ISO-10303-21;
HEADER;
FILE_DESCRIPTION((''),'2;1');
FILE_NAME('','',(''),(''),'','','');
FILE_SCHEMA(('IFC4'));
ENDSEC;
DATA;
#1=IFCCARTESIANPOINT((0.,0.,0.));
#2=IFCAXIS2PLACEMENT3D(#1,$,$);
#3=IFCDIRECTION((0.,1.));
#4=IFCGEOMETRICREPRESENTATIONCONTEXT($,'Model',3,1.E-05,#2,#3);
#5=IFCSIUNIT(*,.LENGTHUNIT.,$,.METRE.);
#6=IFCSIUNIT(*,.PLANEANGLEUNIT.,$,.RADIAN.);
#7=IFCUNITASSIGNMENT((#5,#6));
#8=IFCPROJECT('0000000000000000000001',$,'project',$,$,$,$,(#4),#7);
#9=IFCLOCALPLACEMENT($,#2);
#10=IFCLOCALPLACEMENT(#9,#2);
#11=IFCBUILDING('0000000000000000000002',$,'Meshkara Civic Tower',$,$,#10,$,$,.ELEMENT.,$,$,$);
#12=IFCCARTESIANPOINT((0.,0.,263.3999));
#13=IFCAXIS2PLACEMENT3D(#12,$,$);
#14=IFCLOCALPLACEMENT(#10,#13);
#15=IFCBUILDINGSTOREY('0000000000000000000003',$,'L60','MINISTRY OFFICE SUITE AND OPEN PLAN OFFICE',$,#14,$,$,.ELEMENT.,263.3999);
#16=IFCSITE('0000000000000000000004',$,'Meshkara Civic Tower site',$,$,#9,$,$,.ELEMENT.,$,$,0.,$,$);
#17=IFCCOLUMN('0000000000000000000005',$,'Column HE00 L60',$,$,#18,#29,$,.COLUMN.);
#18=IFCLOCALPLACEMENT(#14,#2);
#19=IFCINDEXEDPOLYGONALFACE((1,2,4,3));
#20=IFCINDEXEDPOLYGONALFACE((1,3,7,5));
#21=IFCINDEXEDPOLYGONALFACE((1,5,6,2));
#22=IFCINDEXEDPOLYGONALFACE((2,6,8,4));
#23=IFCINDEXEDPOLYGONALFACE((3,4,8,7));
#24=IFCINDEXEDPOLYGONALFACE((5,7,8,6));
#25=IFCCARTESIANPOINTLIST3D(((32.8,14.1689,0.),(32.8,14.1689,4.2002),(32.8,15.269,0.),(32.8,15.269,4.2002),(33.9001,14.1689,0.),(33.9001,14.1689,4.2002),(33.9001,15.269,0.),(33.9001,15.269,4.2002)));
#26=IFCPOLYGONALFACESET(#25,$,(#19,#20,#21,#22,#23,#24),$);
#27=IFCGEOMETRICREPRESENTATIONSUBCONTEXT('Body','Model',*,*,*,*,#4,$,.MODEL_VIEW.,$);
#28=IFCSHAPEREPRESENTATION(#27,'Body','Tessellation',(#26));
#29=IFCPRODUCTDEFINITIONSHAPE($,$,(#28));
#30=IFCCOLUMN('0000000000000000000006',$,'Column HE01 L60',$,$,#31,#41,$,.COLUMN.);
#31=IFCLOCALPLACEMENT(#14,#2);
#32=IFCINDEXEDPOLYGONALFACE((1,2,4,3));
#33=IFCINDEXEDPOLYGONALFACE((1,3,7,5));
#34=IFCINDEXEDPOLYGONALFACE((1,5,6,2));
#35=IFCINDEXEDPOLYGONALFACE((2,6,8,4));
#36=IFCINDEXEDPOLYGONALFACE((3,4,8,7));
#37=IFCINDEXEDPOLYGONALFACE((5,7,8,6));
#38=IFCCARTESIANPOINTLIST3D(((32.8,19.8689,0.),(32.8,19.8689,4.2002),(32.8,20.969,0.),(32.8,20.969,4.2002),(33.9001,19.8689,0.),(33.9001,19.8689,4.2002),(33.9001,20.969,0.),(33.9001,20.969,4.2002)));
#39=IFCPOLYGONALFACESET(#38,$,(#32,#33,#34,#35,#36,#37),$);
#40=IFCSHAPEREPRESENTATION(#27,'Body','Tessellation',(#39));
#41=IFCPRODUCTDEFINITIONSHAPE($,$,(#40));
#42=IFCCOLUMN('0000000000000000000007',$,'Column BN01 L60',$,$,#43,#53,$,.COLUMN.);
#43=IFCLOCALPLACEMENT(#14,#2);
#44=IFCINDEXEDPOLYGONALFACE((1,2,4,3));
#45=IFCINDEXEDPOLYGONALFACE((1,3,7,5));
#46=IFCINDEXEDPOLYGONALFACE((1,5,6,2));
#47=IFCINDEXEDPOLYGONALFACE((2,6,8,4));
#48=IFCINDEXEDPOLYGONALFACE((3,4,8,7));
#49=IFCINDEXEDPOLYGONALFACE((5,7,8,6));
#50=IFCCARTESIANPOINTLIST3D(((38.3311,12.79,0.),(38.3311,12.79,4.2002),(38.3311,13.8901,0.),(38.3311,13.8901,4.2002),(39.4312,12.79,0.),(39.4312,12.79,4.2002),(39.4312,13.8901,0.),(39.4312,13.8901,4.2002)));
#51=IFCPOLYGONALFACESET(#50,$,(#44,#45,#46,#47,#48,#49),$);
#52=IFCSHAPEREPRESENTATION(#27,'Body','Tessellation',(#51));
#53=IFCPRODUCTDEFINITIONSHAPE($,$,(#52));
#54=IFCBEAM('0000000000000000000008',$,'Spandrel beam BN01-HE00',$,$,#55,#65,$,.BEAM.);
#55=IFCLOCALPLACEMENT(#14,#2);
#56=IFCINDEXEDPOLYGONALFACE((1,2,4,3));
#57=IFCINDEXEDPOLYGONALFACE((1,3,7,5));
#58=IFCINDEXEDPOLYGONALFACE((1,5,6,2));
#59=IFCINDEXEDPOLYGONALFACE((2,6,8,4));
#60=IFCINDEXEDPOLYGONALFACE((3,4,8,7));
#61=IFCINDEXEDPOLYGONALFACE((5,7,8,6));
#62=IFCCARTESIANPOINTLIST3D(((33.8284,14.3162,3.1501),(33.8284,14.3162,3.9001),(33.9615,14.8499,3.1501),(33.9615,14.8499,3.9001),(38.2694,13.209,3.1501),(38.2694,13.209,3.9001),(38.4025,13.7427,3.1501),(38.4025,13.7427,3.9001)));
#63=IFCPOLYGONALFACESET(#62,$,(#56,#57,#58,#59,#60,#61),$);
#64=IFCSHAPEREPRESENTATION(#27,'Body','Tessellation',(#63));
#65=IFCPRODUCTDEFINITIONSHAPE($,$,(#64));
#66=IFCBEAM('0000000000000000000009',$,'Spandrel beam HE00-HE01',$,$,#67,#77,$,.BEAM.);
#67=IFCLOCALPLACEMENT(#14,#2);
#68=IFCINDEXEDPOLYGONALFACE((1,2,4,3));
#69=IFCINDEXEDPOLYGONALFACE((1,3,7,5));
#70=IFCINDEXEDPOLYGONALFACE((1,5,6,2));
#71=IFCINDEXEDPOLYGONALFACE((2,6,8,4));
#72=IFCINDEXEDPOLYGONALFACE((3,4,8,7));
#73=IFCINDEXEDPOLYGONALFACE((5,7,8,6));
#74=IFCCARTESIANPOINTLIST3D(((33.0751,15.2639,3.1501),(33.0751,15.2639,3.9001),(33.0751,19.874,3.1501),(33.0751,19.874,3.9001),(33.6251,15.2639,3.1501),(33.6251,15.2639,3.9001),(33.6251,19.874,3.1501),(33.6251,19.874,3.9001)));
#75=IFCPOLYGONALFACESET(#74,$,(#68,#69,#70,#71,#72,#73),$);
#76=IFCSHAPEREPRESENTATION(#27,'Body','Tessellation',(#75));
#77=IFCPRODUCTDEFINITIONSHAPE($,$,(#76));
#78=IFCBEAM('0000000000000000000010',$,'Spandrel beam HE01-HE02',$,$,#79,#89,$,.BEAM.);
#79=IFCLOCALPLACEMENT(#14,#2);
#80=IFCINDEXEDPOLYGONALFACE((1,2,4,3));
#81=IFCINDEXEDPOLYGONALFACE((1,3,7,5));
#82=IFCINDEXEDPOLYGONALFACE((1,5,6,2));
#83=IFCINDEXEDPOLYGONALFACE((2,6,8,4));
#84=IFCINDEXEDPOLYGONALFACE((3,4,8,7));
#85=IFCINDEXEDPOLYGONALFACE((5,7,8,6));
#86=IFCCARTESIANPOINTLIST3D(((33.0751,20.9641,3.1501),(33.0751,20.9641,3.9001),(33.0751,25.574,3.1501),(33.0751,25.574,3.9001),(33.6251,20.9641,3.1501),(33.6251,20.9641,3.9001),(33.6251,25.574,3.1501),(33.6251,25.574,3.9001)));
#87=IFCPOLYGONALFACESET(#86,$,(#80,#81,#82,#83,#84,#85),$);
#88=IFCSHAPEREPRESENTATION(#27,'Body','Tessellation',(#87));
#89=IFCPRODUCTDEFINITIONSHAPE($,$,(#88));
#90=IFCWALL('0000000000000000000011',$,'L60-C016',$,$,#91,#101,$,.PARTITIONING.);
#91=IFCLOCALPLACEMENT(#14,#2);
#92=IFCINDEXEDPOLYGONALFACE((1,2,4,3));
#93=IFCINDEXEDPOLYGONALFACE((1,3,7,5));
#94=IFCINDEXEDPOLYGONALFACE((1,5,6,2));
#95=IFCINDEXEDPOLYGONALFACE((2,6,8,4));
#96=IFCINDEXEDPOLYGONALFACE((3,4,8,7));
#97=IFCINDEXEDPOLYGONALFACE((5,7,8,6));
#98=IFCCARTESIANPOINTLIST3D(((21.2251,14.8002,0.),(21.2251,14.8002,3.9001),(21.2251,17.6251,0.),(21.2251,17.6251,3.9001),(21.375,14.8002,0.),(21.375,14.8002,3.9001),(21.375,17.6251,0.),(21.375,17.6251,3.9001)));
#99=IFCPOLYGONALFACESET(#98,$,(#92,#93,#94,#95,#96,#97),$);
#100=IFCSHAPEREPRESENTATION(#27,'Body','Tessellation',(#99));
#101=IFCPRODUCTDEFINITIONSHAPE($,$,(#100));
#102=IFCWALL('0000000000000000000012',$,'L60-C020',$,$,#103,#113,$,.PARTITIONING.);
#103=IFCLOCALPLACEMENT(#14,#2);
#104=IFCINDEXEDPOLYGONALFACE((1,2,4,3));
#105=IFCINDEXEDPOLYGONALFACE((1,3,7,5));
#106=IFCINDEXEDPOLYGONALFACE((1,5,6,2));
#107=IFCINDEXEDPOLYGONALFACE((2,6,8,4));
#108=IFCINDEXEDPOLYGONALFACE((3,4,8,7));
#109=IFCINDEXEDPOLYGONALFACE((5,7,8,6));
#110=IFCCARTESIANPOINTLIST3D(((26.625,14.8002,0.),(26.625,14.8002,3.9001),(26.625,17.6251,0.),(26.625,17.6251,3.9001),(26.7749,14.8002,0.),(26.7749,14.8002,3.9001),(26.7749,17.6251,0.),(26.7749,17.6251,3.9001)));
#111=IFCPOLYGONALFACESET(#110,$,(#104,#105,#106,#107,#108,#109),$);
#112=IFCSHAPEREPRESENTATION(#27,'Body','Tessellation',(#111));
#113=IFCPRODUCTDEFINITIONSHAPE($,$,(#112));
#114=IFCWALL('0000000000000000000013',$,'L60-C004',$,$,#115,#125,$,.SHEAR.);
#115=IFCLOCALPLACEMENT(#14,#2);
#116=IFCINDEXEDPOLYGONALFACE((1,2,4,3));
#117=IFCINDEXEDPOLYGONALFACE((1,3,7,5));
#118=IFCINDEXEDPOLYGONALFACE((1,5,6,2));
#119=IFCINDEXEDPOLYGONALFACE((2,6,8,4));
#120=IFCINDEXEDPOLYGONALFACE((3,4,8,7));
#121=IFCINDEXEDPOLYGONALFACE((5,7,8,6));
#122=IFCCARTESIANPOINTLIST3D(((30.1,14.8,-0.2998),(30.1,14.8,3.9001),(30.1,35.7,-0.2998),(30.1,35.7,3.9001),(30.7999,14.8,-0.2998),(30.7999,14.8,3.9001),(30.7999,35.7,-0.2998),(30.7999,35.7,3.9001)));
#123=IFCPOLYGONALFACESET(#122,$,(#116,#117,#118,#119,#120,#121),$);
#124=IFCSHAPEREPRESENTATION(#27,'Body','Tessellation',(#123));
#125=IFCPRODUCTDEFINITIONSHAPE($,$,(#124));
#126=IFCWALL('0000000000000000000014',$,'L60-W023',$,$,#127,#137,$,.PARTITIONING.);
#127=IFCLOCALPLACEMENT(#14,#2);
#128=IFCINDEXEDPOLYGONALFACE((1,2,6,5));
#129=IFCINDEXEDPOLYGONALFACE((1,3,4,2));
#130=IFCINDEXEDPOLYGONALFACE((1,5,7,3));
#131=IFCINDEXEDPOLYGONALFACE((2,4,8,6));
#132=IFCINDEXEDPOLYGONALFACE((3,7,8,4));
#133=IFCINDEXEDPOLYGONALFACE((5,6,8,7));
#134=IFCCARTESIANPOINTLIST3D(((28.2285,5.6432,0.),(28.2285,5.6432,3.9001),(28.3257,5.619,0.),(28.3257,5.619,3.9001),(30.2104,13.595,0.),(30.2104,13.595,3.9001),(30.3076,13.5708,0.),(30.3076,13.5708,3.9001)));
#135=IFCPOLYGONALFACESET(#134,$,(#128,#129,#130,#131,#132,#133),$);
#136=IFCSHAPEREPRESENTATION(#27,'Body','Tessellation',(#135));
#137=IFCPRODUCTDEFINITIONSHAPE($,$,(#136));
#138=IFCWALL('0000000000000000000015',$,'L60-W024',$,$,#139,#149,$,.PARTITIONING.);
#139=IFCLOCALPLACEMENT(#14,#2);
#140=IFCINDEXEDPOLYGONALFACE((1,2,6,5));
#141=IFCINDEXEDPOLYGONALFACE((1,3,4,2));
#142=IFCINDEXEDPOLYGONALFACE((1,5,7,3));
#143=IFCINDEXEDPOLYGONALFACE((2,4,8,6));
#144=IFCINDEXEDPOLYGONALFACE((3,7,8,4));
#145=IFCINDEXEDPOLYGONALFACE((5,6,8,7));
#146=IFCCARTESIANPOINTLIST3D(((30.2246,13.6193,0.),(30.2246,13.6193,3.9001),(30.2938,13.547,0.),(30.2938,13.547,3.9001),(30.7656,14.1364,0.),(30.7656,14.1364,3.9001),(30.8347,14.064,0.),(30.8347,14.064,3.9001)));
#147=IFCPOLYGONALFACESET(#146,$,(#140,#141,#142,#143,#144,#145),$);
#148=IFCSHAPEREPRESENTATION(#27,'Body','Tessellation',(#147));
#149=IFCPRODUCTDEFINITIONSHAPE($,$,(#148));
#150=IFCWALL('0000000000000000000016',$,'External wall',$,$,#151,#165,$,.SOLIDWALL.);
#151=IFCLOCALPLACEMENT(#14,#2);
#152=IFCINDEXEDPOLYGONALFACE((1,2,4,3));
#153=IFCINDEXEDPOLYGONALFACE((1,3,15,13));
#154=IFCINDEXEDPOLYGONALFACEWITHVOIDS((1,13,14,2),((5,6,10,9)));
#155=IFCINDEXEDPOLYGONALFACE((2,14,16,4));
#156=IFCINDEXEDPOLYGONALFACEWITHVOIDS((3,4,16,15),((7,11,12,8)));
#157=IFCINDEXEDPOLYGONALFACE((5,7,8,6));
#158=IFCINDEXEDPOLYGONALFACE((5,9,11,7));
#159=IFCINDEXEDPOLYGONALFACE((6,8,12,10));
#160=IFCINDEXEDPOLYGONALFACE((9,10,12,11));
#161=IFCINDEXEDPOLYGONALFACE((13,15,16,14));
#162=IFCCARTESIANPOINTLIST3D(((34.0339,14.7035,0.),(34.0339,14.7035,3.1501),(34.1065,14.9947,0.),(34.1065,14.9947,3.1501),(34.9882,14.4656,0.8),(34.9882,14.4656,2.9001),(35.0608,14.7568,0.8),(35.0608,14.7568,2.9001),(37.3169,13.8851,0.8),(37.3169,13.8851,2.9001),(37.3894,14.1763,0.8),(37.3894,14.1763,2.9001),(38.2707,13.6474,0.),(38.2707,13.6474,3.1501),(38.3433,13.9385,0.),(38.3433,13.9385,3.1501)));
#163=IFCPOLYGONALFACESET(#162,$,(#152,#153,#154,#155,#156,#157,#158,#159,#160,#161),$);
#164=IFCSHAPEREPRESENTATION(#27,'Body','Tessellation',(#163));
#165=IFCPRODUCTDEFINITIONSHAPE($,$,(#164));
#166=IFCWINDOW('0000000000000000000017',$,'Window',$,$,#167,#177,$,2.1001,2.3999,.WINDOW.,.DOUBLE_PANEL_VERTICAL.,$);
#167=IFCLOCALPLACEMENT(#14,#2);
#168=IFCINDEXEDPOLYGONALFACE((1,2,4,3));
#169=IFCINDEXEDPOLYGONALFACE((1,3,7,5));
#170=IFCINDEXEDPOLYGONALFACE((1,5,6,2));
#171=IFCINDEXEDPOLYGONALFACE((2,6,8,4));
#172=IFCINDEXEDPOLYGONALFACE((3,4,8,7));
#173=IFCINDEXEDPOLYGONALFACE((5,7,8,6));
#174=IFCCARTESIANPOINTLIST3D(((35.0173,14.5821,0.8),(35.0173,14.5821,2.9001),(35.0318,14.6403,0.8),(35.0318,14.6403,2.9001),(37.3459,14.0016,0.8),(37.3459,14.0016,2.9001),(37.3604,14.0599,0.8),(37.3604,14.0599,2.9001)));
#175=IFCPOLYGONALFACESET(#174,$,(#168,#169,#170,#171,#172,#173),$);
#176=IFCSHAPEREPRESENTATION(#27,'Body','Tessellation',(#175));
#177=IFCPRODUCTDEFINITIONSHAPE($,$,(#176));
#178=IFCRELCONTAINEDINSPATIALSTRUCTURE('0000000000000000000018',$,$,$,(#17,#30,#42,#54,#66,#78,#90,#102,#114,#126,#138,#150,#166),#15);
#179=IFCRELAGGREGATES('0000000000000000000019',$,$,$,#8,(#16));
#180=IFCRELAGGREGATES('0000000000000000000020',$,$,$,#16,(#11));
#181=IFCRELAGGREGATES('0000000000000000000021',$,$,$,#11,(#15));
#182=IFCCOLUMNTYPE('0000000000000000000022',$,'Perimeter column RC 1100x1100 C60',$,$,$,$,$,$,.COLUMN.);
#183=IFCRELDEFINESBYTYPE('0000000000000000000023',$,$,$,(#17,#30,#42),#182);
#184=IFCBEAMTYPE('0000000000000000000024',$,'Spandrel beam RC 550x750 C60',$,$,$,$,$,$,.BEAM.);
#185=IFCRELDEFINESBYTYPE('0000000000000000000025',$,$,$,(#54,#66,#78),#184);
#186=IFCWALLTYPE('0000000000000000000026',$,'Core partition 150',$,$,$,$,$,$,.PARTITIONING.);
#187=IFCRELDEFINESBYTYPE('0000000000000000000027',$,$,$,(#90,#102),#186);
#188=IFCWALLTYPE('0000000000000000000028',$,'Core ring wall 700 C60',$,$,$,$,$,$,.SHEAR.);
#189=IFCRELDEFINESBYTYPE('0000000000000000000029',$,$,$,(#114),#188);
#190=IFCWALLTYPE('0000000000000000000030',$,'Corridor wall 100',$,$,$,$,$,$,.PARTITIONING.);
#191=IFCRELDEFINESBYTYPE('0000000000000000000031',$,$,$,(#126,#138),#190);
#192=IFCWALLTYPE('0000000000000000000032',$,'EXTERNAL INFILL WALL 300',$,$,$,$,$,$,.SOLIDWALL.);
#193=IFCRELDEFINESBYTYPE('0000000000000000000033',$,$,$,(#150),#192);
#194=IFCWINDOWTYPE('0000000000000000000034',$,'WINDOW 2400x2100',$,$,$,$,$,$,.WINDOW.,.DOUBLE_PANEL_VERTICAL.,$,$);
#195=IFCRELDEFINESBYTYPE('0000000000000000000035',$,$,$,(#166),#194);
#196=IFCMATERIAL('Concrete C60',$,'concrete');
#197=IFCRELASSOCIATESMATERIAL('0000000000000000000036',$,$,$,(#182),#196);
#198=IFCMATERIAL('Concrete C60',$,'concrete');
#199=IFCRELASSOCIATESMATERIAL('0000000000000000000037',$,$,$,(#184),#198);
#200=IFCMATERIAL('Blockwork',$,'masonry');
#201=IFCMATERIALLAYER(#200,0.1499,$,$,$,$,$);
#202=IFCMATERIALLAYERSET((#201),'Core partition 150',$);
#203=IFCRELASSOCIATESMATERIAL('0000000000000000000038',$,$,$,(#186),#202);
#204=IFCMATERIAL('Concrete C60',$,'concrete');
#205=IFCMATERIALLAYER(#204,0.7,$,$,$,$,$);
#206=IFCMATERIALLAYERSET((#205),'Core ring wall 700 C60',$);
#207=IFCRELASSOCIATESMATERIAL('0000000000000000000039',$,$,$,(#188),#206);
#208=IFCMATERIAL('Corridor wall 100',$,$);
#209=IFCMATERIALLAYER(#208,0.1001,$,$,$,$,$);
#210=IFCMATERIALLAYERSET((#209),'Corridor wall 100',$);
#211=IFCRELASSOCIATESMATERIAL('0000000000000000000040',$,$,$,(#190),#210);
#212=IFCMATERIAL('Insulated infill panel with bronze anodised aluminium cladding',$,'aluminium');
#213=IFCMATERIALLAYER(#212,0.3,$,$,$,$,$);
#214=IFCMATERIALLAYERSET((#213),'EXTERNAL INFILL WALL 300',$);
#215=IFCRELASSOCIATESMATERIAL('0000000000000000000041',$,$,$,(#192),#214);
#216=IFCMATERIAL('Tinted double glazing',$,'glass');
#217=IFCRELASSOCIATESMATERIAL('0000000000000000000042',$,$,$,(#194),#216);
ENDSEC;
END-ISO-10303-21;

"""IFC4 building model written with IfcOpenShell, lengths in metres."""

from ifc_helpers import new_model, si_unit, direction, frame, frame_2d, origin, origin_2d, place, context, subcontext, project, spatial, rectangle, extrude, material, layer, layer_set, material_profile, profile_set, type_object, element, fill, save


model = new_model("IFC4")

# Units and contexts
model_context = context("Model", 3, precision=1e-05, world=origin(), true_north=direction((0.0, 1.0)))
body_context = subcontext(model_context, "Body", "Model", "MODEL_VIEW")
ifc_project = project(units=[si_unit("LENGTHUNIT", "METRE"), si_unit("PLANEANGLEUNIT", "RADIAN")], contexts=[model_context])

# Site, building, storey
site_placement = place(None, origin())
site = spatial("IfcSite", under=ifc_project, at=site_placement, Name="Meshkara Civic Tower site", CompositionType="ELEMENT", RefElevation=0.0)
building_placement = place(site_placement, origin())
building = spatial("IfcBuilding", under=site, at=building_placement, Name="Meshkara Civic Tower", CompositionType="ELEMENT")
storey_placement = place(building_placement, frame((0.0, 0.0, 263.3999)))
storey = spatial("IfcBuildingStorey", under=building, at=storey_placement, Name="L60", Description="MINISTRY OFFICE SUITE AND OPEN PLAN OFFICE", CompositionType="ELEMENT", Elevation=263.3999)

# Columns
ifc_material_1 = material(Name="Concrete C60", Category="concrete")
ifc_material_profile_1 = material_profile(ifc_material_1, rectangle(XDim=1.1001, YDim=1.1001, at=origin_2d()))
ifc_profile_set_1 = profile_set([ifc_material_profile_1], Name="Concrete C60")
column_type = type_object("IfcColumnType", Name="Perimeter column RC 1100x1100 C60", PredefinedType="COLUMN", material=ifc_profile_set_1)
for number, where, z_axis, x_axis, name in (
    (1, (33.3501, 14.719, 0.0), (0.0, 0.0, 1.0), (1.0, 0.0, 0.0), "Column HE00 L60"),
    (2, (33.3501, 20.4189, 0.0), (0.0, 0.0, 1.0), (1.0, 0.0, 0.0), "Column HE01 L60"),
    (3, (38.8811, 13.3401, 0.0), (0.0, 0.0, 1.0), (1.0, 0.0, 0.0), "Column BN01 L60"),
):
    element("IfcColumn", number, at=place(storey_placement, frame(where, z_axis=z_axis, x_axis=x_axis)), inside=storey, type_object=column_type, Name=name, PredefinedType="COLUMN", context=body_context, shape_type="SweptSolid", body=[
        extrude(rectangle(XDim=1.1001, YDim=1.1001, at=origin_2d()), origin(), (0.0, 0.0, 1.0), 4.2002),
    ])

# Beams
ifc_material_2 = material(Name="Concrete C60", Category="concrete")
ifc_material_profile_2 = material_profile(ifc_material_2, rectangle(XDim=0.55, YDim=0.75, at=origin_2d()))
ifc_profile_set_2 = profile_set([ifc_material_profile_2], Name="Concrete C60")
beam_type = type_object("IfcBeamType", Name="Spandrel beam RC 550x750 C60", PredefinedType="BEAM", material=ifc_profile_set_2)
beam_1_placement = place(storey_placement, frame((38.3359, 13.4758, 3.5251), z_axis=(-0.970299, 0.241908, 0.0), x_axis=(-0.241908, -0.970299, 0.0)))
element("IfcBeam", 4, at=beam_1_placement, inside=storey, type_object=beam_type, Name="Spandrel beam BN01-HE00", PredefinedType="BEAM", context=body_context, shape_type="SweptSolid", body=[
    extrude(rectangle(XDim=0.55, YDim=0.75, at=origin_2d()), origin(), (0.0, 0.0, 1.0), 4.5769),
])
beam_2_placement = place(storey_placement, frame((33.3501, 15.2639, 3.5251), z_axis=(0.0, 1.0, 0.0), x_axis=(-1.0, 0.0, 0.0)))
element("IfcBeam", 5, at=beam_2_placement, inside=storey, type_object=beam_type, Name="Spandrel beam HE00-HE01", PredefinedType="BEAM", context=body_context, shape_type="SweptSolid", body=[
    extrude(rectangle(XDim=0.55, YDim=0.75, at=origin_2d()), origin(), (0.0, 0.0, 1.0), 4.6101),
])
beam_3_placement = place(storey_placement, frame((33.3501, 20.9641, 3.5251), z_axis=(0.0, 1.0, 0.0), x_axis=(-1.0, 0.0, 0.0)))
element("IfcBeam", 6, at=beam_3_placement, inside=storey, type_object=beam_type, Name="Spandrel beam HE01-HE02", PredefinedType="BEAM", context=body_context, shape_type="SweptSolid", body=[
    extrude(rectangle(XDim=0.55, YDim=0.75, at=origin_2d()), origin(), (0.0, 0.0, 1.0), 4.6099),
])

# Walls
ifc_material_3 = material(Name="Blockwork", Category="masonry")
ifc_layer_1 = layer(ifc_material_3, 0.1499)
ifc_layer_set_1 = layer_set([ifc_layer_1], Name="Core partition 150")
wall_type_1 = type_object("IfcWallType", Name="Core partition 150", PredefinedType="PARTITIONING", material=ifc_layer_set_1)
for number, where, z_axis, x_axis, name in (
    (7, (21.3, 14.8, 0.0), (0.0, 0.0, 1.0), (0.0, 1.0, 0.0), "L60-C016"),
    (8, (26.7, 14.8, 0.0), (0.0, 0.0, 1.0), (0.0, 1.0, 0.0), "L60-C020"),
):
    element("IfcWall", number, at=place(storey_placement, frame(where, z_axis=z_axis, x_axis=x_axis)), inside=storey, type_object=wall_type_1, Name=name, PredefinedType="PARTITIONING", context=body_context, shape_type="SweptSolid", body=[
        extrude(rectangle(XDim=2.825, YDim=0.1499, at=frame_2d((1.4126, 0.0))), origin(), (0.0, 0.0, 1.0), 3.9001),
    ])
ifc_material_4 = material(Name="Concrete C60", Category="concrete")
ifc_layer_2 = layer(ifc_material_4, 0.7)
ifc_layer_set_2 = layer_set([ifc_layer_2], Name="Core ring wall 700 C60")
wall_type_2 = type_object("IfcWallType", Name="Core ring wall 700 C60", PredefinedType="SHEAR", material=ifc_layer_set_2)
wall_1_placement = place(storey_placement, frame((30.45, 14.8, -0.2998), z_axis=(0.0, 0.0, 1.0), x_axis=(0.0, 1.0, 0.0)))
element("IfcWall", 9, at=wall_1_placement, inside=storey, type_object=wall_type_2, Name="L60-C004", PredefinedType="SHEAR", context=body_context, shape_type="SweptSolid", body=[
    extrude(rectangle(XDim=20.8999, YDim=0.7, at=frame_2d((10.45, 0.0))), origin(), (0.0, 0.0, 1.0), 4.2),
])
ifc_material_5 = material(Name="Corridor wall 100")
ifc_layer_3 = layer(ifc_material_5, 0.1001)
ifc_layer_set_3 = layer_set([ifc_layer_3], Name="Corridor wall 100")
wall_type_3 = type_object("IfcWallType", Name="Corridor wall 100", PredefinedType="PARTITIONING", material=ifc_layer_set_3)
wall_2_placement = place(storey_placement, frame((30.259, 13.583, 0.0), z_axis=(0.0, 0.0, 1.0), x_axis=(-0.241842, -0.970316, 0.0)))
element("IfcWall", 10, at=wall_2_placement, inside=storey, type_object=wall_type_3, Name="L60-W023", PredefinedType="PARTITIONING", context=body_context, shape_type="SweptSolid", body=[
    extrude(rectangle(XDim=8.1951, YDim=0.1001, at=frame_2d((4.0977, 0.0))), origin(), (0.0, 0.0, 1.0), 3.9001),
])
wall_3_placement = place(storey_placement, frame((30.8, 14.1001, 0.0), z_axis=(0.0, 0.0, 1.0), x_axis=(-0.722911, -0.690941, 0.0)))
element("IfcWall", 11, at=wall_3_placement, inside=storey, type_object=wall_type_3, Name="L60-W024", PredefinedType="PARTITIONING", context=body_context, shape_type="SweptSolid", body=[
    extrude(rectangle(XDim=0.7483, YDim=0.1001, at=frame_2d((0.374, 0.0))), origin(), (0.0, 0.0, 1.0), 3.9001),
])

# Wall, opening, window
ifc_material_6 = material(Name="Insulated infill panel with bronze anodised aluminium cladding", Category="aluminium")
ifc_layer_4 = layer(ifc_material_6, 0.3)
ifc_layer_set_4 = layer_set([ifc_layer_4], Name="EXTERNAL INFILL WALL 300")
wall_type_4 = type_object("IfcWallType", Name="EXTERNAL INFILL WALL 300", PredefinedType="SOLIDWALL", material=ifc_layer_set_4)
wall_4_placement = place(storey_placement, frame((38.3069, 13.793, 0.0), z_axis=(0.0, 0.0, 1.0), x_axis=(-0.970307, 0.241878, 0.0)))
wall_4 = element("IfcWall", 12, at=wall_4_placement, inside=storey, type_object=wall_type_4, Name="External wall", PredefinedType="SOLIDWALL", context=body_context, shape_type="SweptSolid", body=[
    extrude(rectangle(XDim=4.3665, YDim=0.3, at=frame_2d((2.1831, 0.0))), origin(), (0.0, 0.0, 1.0), 3.1501),
])
opening_1_placement = place(wall_4_placement, frame((0.9829, 0.0, 0.8)))
opening_1 = element("IfcOpeningElement", 13, at=opening_1_placement, cuts=wall_4, PredefinedType="OPENING", context=body_context, shape_type="SweptSolid", body=[
    extrude(rectangle(XDim=2.3999, YDim=2.1001, at=frame_2d((1.2, 1.05))), frame((0.0, 0.1599, 0.0), z_axis=(0.0, -1.0, 0.0), x_axis=(1.0, 0.0, 0.0)), (0.0, 0.0, 1.0), 0.3201),
])
ifc_material_7 = material(Name="Tinted double glazing", Category="glass")
window_type = type_object("IfcWindowType", Name="WINDOW 2400x2100", PartitioningType="DOUBLE_PANEL_VERTICAL", PredefinedType="WINDOW", material=ifc_material_7)
window_1_placement = place(opening_1_placement, origin())
window_1 = element("IfcWindow", 14, at=window_1_placement, inside=storey, type_object=window_type, Name="Window", OverallHeight=2.1001, OverallWidth=2.3999, PartitioningType="DOUBLE_PANEL_VERTICAL", PredefinedType="WINDOW", context=body_context, shape_type="SweptSolid", body=[
    extrude(rectangle(XDim=2.3999, YDim=2.1001, at=frame_2d((1.2, 1.05))), frame((0.0, 0.03, 0.0), z_axis=(0.0, -1.0, 0.0), x_axis=(1.0, 0.0, 0.0)), (0.0, 0.0, 1.0), 0.0601),
])
fill(opening_1, window_1)

save(model, "model.ifc")
